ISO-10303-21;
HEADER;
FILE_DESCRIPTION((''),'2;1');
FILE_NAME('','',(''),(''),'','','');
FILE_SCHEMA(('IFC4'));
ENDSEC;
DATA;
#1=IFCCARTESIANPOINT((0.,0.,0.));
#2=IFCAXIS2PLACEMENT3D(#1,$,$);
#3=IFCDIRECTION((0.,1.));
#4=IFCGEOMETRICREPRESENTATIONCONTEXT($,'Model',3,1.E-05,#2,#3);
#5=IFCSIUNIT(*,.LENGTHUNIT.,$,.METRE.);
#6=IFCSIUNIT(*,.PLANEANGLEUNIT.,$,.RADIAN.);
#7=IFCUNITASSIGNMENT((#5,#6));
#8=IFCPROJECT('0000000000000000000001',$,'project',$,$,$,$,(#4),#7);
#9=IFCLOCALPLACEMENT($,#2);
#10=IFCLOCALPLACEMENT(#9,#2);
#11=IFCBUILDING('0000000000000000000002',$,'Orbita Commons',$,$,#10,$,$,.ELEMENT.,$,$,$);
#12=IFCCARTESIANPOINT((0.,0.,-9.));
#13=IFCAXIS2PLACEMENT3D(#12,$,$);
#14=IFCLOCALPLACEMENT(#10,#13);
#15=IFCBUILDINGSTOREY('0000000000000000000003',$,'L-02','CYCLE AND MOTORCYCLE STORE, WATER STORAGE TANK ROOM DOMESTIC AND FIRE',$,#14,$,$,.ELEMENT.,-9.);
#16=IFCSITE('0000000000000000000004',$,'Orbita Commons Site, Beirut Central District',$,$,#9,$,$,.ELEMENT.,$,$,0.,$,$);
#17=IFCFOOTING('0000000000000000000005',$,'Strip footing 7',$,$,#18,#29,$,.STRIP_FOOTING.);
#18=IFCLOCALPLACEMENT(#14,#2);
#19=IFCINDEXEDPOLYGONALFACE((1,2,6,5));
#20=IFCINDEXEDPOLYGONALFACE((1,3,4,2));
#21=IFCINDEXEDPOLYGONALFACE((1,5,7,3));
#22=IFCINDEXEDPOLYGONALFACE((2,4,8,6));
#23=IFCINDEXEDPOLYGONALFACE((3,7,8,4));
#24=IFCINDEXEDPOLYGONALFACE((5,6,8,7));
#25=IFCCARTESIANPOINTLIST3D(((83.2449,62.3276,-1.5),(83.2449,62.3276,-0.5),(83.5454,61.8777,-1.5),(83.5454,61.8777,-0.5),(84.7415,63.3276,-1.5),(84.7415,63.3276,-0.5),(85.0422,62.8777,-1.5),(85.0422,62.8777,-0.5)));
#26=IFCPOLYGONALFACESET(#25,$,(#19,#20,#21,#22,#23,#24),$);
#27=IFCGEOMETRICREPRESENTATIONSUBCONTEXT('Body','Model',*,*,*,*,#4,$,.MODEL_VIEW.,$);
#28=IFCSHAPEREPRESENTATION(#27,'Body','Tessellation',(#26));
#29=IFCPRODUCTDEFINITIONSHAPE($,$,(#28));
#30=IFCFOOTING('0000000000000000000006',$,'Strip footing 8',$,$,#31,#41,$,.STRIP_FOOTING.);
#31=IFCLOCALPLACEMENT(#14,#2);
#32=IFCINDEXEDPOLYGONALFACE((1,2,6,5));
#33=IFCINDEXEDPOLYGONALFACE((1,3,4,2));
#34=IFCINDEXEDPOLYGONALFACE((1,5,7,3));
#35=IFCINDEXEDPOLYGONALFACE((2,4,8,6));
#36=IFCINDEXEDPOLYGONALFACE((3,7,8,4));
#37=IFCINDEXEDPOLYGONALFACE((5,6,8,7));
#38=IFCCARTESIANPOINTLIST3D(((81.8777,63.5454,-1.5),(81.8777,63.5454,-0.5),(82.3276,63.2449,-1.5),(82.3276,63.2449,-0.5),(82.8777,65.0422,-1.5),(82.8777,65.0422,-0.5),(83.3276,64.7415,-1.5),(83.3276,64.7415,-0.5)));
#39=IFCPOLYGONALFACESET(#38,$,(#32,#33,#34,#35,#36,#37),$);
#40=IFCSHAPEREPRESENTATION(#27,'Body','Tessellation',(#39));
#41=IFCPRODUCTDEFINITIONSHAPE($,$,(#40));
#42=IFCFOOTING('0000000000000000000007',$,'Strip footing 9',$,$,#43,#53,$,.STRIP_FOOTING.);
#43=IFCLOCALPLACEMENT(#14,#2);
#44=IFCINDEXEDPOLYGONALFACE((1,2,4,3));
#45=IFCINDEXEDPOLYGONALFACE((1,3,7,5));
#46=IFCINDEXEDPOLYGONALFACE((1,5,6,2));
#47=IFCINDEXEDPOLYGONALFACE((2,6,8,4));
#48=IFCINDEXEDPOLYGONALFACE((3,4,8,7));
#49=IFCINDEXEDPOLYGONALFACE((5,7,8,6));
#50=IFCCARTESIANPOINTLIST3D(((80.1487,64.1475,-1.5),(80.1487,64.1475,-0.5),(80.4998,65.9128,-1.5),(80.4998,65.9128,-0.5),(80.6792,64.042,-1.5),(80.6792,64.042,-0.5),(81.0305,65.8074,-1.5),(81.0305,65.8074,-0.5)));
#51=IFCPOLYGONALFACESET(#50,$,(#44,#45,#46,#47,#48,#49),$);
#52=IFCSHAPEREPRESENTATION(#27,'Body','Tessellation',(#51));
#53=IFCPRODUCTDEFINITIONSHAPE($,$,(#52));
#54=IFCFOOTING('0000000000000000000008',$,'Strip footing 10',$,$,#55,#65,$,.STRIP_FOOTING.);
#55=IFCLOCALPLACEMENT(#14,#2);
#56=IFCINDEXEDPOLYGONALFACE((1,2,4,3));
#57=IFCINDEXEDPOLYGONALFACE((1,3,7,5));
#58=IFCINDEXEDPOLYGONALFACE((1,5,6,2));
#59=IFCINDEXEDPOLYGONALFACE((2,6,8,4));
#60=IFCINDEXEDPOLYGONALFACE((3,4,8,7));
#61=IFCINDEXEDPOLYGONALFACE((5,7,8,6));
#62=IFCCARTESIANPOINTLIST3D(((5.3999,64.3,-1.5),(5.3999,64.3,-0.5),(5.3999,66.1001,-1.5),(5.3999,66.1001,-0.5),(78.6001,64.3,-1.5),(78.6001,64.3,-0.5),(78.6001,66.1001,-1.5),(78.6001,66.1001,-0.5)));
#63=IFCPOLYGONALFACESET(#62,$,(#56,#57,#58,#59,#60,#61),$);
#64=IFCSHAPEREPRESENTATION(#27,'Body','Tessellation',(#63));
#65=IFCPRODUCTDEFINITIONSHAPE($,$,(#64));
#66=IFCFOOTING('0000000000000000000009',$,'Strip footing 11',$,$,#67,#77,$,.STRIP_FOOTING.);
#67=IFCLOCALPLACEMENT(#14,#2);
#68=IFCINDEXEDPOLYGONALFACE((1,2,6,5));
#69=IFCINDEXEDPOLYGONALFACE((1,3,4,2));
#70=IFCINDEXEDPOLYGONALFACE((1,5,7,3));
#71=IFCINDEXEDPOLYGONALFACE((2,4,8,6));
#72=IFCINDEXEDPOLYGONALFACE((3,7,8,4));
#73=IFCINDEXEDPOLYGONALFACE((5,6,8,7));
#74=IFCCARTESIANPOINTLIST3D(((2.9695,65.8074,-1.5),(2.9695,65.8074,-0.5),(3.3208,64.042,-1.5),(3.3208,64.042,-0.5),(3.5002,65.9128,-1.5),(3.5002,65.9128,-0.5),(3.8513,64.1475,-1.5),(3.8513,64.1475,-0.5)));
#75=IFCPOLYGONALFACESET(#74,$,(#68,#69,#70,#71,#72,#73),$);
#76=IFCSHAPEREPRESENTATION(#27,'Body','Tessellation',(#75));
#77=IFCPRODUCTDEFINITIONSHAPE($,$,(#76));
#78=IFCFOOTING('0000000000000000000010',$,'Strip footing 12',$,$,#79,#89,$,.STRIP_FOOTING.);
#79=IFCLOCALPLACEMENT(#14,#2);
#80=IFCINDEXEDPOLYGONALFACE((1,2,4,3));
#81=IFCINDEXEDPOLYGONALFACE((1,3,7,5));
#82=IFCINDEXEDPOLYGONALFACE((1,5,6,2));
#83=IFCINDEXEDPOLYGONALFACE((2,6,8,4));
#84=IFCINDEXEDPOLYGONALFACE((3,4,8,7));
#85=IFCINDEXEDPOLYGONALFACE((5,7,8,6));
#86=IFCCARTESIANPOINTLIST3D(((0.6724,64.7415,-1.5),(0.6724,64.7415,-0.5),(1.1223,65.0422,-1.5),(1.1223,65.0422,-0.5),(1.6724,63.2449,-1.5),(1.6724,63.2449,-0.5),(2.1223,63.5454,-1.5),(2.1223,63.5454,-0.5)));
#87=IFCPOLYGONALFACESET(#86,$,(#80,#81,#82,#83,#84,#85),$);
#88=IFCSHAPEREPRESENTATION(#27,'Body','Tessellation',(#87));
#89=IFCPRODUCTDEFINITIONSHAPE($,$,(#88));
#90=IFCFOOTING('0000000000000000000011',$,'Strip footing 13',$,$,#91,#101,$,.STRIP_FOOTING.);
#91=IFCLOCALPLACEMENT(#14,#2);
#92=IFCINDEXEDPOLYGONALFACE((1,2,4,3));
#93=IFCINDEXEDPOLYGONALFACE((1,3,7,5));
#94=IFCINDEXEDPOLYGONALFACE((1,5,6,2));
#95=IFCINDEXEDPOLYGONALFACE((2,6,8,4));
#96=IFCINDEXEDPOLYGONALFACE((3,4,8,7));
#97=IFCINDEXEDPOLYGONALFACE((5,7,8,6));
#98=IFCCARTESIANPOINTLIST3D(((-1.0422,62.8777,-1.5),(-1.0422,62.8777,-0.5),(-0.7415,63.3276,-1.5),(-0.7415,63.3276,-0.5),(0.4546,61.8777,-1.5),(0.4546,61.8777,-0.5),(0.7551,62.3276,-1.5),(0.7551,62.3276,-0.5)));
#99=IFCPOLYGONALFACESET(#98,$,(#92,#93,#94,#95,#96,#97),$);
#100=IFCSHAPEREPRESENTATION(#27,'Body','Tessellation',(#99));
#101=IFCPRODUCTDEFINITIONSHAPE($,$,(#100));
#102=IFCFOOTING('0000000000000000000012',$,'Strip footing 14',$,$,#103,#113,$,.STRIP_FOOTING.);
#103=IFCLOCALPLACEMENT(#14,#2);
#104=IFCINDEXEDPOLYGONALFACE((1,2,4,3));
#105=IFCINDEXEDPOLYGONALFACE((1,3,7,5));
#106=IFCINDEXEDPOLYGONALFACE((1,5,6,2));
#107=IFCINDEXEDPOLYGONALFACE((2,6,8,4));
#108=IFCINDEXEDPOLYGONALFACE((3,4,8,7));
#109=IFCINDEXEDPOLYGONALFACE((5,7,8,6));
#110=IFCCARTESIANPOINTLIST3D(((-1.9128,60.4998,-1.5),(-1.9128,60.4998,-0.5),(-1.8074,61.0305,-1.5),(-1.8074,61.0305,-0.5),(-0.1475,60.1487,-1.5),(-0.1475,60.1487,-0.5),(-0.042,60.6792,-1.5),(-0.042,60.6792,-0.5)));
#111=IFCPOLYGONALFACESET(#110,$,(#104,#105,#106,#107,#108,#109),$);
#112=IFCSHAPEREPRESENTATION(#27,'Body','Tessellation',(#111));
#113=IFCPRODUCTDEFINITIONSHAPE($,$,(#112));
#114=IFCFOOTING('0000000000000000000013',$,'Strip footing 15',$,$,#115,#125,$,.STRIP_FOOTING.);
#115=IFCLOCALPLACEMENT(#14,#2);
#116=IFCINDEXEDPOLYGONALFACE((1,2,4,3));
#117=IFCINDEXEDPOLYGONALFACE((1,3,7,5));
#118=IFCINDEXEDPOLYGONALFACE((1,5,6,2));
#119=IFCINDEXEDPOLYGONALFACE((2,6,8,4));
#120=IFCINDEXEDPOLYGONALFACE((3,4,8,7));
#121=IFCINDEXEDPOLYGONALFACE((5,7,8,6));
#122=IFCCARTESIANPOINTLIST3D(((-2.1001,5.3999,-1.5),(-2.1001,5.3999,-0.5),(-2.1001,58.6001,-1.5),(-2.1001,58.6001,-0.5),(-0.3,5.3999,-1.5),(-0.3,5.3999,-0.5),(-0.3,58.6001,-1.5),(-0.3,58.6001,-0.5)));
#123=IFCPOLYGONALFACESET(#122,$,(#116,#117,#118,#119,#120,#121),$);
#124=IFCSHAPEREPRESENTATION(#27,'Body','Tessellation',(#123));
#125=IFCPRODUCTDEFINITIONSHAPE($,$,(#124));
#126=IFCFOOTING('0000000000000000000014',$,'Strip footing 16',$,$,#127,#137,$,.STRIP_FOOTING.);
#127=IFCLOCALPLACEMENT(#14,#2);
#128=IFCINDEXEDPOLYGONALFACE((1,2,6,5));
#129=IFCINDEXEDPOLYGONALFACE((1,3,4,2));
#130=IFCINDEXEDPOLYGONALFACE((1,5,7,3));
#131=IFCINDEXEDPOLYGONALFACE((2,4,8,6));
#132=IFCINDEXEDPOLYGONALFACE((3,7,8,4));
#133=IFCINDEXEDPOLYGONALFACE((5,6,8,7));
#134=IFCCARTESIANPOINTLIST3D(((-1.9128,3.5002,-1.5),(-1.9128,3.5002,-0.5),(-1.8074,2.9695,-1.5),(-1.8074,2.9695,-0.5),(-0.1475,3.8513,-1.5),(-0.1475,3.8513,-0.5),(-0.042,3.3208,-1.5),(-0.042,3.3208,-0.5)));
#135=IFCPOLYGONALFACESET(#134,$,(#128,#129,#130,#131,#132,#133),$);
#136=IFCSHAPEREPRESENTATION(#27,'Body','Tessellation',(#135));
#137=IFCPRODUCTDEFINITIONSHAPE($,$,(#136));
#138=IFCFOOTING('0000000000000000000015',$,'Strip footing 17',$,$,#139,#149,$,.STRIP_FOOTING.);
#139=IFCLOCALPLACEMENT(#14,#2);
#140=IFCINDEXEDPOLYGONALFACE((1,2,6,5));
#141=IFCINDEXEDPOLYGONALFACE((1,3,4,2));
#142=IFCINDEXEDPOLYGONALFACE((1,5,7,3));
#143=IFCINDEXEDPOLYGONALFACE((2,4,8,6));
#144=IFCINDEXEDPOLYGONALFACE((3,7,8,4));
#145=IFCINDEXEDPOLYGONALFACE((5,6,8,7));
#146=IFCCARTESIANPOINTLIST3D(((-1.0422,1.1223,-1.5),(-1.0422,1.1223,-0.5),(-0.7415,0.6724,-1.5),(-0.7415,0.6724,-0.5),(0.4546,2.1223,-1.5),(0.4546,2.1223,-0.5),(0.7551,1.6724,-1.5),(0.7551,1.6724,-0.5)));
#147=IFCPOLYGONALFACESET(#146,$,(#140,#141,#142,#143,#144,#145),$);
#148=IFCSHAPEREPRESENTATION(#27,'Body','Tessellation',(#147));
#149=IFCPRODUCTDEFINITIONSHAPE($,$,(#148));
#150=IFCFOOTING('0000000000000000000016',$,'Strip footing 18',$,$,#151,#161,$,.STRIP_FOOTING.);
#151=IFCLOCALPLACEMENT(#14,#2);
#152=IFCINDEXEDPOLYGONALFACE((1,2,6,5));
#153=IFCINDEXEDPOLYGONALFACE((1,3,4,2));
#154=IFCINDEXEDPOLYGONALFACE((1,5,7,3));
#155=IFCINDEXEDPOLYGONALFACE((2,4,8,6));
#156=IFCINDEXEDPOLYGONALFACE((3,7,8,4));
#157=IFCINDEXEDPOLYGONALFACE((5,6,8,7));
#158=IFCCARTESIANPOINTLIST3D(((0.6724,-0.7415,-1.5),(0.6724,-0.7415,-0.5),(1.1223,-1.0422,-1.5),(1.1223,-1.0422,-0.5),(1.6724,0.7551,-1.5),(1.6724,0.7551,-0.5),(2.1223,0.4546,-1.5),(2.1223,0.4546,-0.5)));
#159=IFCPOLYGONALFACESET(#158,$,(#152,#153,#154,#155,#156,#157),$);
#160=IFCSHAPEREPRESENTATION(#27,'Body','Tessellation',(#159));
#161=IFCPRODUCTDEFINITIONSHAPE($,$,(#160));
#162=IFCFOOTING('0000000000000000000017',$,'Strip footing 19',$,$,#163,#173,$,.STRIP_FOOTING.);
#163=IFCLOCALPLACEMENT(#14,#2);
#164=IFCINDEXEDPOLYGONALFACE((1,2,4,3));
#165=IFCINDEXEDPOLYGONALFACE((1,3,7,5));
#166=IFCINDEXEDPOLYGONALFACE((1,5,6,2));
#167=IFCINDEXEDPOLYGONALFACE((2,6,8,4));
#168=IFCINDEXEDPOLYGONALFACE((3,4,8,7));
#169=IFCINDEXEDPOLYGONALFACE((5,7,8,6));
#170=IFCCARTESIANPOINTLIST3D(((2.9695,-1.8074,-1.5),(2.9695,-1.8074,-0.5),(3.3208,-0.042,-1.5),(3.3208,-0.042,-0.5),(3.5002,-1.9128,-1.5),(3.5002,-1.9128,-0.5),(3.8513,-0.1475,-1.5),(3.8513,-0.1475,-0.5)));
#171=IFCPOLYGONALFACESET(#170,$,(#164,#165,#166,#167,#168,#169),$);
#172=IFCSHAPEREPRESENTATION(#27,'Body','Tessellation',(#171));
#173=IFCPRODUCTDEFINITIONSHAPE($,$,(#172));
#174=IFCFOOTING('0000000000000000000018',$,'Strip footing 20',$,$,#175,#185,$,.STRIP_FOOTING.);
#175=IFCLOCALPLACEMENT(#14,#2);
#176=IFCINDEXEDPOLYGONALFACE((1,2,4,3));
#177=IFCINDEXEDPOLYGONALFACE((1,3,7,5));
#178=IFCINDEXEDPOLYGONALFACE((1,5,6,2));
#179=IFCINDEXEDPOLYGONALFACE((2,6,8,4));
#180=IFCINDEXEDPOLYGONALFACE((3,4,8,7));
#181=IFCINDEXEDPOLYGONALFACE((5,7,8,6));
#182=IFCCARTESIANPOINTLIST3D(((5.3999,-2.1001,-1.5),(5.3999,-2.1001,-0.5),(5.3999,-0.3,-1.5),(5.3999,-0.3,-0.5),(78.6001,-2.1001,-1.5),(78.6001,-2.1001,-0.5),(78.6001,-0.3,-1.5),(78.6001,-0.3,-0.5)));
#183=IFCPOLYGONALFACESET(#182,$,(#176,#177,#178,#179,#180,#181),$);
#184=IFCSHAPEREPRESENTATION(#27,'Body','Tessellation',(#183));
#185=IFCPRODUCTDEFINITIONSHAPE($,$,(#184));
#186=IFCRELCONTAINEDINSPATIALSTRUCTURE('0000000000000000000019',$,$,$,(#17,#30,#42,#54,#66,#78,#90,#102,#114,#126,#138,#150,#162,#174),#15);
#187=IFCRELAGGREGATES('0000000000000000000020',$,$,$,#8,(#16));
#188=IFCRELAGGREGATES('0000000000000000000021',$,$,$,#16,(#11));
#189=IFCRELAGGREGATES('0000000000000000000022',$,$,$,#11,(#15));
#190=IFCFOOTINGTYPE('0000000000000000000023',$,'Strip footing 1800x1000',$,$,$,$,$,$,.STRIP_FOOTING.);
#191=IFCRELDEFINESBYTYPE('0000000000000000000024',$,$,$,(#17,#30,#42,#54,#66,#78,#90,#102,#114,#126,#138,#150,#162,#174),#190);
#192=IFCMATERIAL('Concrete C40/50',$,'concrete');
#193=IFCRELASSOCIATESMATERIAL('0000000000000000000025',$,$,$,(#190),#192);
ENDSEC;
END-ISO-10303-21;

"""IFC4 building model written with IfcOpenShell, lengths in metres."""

from ifc_helpers import new_model, si_unit, direction, frame, origin, place, context, subcontext, project, spatial, polyline, outline, extrude, material, type_object, element, save


model = new_model("IFC4")

# Units and contexts
model_context = context("Model", 3, precision=1e-05, world=origin(), true_north=direction((0.0, 1.0)))
body_context = subcontext(model_context, "Body", "Model", "MODEL_VIEW")
ifc_project = project(units=[si_unit("LENGTHUNIT", "METRE"), si_unit("PLANEANGLEUNIT", "RADIAN")], contexts=[model_context])

# Site, building, storey
site_placement = place(None, origin())
site = spatial("IfcSite", under=ifc_project, at=site_placement, Name="Orbita Commons Site, Beirut Central District", CompositionType="ELEMENT", RefElevation=0.0)
building_placement = place(site_placement, origin())
building = spatial("IfcBuilding", under=site, at=building_placement, Name="Orbita Commons", CompositionType="ELEMENT")
storey_placement = place(building_placement, frame((0.0, 0.0, -9.0)))
storey = spatial("IfcBuildingStorey", under=building, at=storey_placement, Name="L-02", Description="CYCLE AND MOTORCYCLE STORE, WATER STORAGE TANK ROOM DOMESTIC AND FIRE", CompositionType="ELEMENT", Elevation=-9.0)

# Footings
ifc_material_1 = material(Name="Concrete C40/50", Category="concrete")
footing_type_1 = type_object("IfcFootingType", Name="Strip footing 1800x1000", PredefinedType="STRIP_FOOTING", material=ifc_material_1)
footing_1_placement = place(storey_placement, frame((0.0, 0.0, -1.5)))
element("IfcFooting", 1, at=footing_1_placement, inside=storey, type_object=footing_type_1, Name="Strip footing 7", PredefinedType="STRIP_FOOTING", context=body_context, shape_type="SweptSolid", body=[
    extrude(outline(polyline([(85.0422, 62.8777), (84.7415, 63.3276), (83.2449, 62.3276), (83.5454, 61.8777), (85.0422, 62.8777)])), origin(), (0.0, 0.0, 1.0), 1.0),
])
footing_2_placement = place(storey_placement, frame((0.0, 0.0, -1.5)))
element("IfcFooting", 2, at=footing_2_placement, inside=storey, type_object=footing_type_1, Name="Strip footing 8", PredefinedType="STRIP_FOOTING", context=body_context, shape_type="SweptSolid", body=[
    extrude(outline(polyline([(83.3276, 64.7415), (82.8777, 65.0422), (81.8777, 63.5454), (82.3276, 63.2449), (83.3276, 64.7415)])), origin(), (0.0, 0.0, 1.0), 1.0),
])
footing_3_placement = place(storey_placement, frame((0.0, 0.0, -1.5)))
element("IfcFooting", 3, at=footing_3_placement, inside=storey, type_object=footing_type_1, Name="Strip footing 9", PredefinedType="STRIP_FOOTING", context=body_context, shape_type="SweptSolid", body=[
    extrude(outline(polyline([(81.0305, 65.8074), (80.4998, 65.9128), (80.1487, 64.1475), (80.6792, 64.042), (81.0305, 65.8074)])), origin(), (0.0, 0.0, 1.0), 1.0),
])
footing_4_placement = place(storey_placement, frame((0.0, 0.0, -1.5)))
element("IfcFooting", 4, at=footing_4_placement, inside=storey, type_object=footing_type_1, Name="Strip footing 10", PredefinedType="STRIP_FOOTING", context=body_context, shape_type="SweptSolid", body=[
    extrude(outline(polyline([(78.6001, 66.1001), (5.3999, 66.1001), (5.3999, 64.3), (78.6001, 64.3), (78.6001, 66.1001)])), origin(), (0.0, 0.0, 1.0), 1.0),
])
footing_5_placement = place(storey_placement, frame((0.0, 0.0, -1.5)))
element("IfcFooting", 5, at=footing_5_placement, inside=storey, type_object=footing_type_1, Name="Strip footing 11", PredefinedType="STRIP_FOOTING", context=body_context, shape_type="SweptSolid", body=[
    extrude(outline(polyline([(3.5002, 65.9128), (2.9695, 65.8074), (3.3208, 64.042), (3.8513, 64.1475), (3.5002, 65.9128)])), origin(), (0.0, 0.0, 1.0), 1.0),
])
footing_6_placement = place(storey_placement, frame((0.0, 0.0, -1.5)))
element("IfcFooting", 6, at=footing_6_placement, inside=storey, type_object=footing_type_1, Name="Strip footing 12", PredefinedType="STRIP_FOOTING", context=body_context, shape_type="SweptSolid", body=[
    extrude(outline(polyline([(1.1223, 65.0422), (0.6724, 64.7415), (1.6724, 63.2449), (2.1223, 63.5454), (1.1223, 65.0422)])), origin(), (0.0, 0.0, 1.0), 1.0),
])
footing_7_placement = place(storey_placement, frame((0.0, 0.0, -1.5)))
element("IfcFooting", 7, at=footing_7_placement, inside=storey, type_object=footing_type_1, Name="Strip footing 13", PredefinedType="STRIP_FOOTING", context=body_context, shape_type="SweptSolid", body=[
    extrude(outline(polyline([(-0.7415, 63.3276), (-1.0422, 62.8777), (0.4546, 61.8777), (0.7551, 62.3276), (-0.7415, 63.3276)])), origin(), (0.0, 0.0, 1.0), 1.0),
])
footing_8_placement = place(storey_placement, frame((0.0, 0.0, -1.5)))
element("IfcFooting", 8, at=footing_8_placement, inside=storey, type_object=footing_type_1, Name="Strip footing 14", PredefinedType="STRIP_FOOTING", context=body_context, shape_type="SweptSolid", body=[
    extrude(outline(polyline([(-1.8074, 61.0305), (-1.9128, 60.4998), (-0.1475, 60.1487), (-0.042, 60.6792), (-1.8074, 61.0305)])), origin(), (0.0, 0.0, 1.0), 1.0),
])
footing_9_placement = place(storey_placement, frame((0.0, 0.0, -1.5)))
element("IfcFooting", 9, at=footing_9_placement, inside=storey, type_object=footing_type_1, Name="Strip footing 15", PredefinedType="STRIP_FOOTING", context=body_context, shape_type="SweptSolid", body=[
    extrude(outline(polyline([(-2.1001, 58.6001), (-2.1001, 5.3999), (-0.3, 5.3999), (-0.3, 58.6001), (-2.1001, 58.6001)])), origin(), (0.0, 0.0, 1.0), 1.0),
])
footing_10_placement = place(storey_placement, frame((0.0, 0.0, -1.5)))
element("IfcFooting", 10, at=footing_10_placement, inside=storey, type_object=footing_type_1, Name="Strip footing 16", PredefinedType="STRIP_FOOTING", context=body_context, shape_type="SweptSolid", body=[
    extrude(outline(polyline([(-1.9128, 3.5002), (-1.8074, 2.9695), (-0.042, 3.3208), (-0.1475, 3.8513), (-1.9128, 3.5002)])), origin(), (0.0, 0.0, 1.0), 1.0),
])
footing_11_placement = place(storey_placement, frame((0.0, 0.0, -1.5)))
element("IfcFooting", 11, at=footing_11_placement, inside=storey, type_object=footing_type_1, Name="Strip footing 17", PredefinedType="STRIP_FOOTING", context=body_context, shape_type="SweptSolid", body=[
    extrude(outline(polyline([(-1.0422, 1.1223), (-0.7415, 0.6724), (0.7551, 1.6724), (0.4546, 2.1223), (-1.0422, 1.1223)])), origin(), (0.0, 0.0, 1.0), 1.0),
])
footing_12_placement = place(storey_placement, frame((0.0, 0.0, -1.5)))
element("IfcFooting", 12, at=footing_12_placement, inside=storey, type_object=footing_type_1, Name="Strip footing 18", PredefinedType="STRIP_FOOTING", context=body_context, shape_type="SweptSolid", body=[
    extrude(outline(polyline([(0.6724, -0.7415), (1.1223, -1.0422), (2.1223, 0.4546), (1.6724, 0.7551), (0.6724, -0.7415)])), origin(), (0.0, 0.0, 1.0), 1.0),
])
footing_13_placement = place(storey_placement, frame((0.0, 0.0, -1.5)))
element("IfcFooting", 13, at=footing_13_placement, inside=storey, type_object=footing_type_1, Name="Strip footing 19", PredefinedType="STRIP_FOOTING", context=body_context, shape_type="SweptSolid", body=[
    extrude(outline(polyline([(2.9695, -1.8074), (3.5002, -1.9128), (3.8513, -0.1475), (3.3208, -0.042), (2.9695, -1.8074)])), origin(), (0.0, 0.0, 1.0), 1.0),
])
footing_14_placement = place(storey_placement, frame((0.0, 0.0, -1.5)))
element("IfcFooting", 14, at=footing_14_placement, inside=storey, type_object=footing_type_1, Name="Strip footing 20", PredefinedType="STRIP_FOOTING", context=body_context, shape_type="SweptSolid", body=[
    extrude(outline(polyline([(5.3999, -2.1001), (78.6001, -2.1001), (78.6001, -0.3), (5.3999, -0.3), (5.3999, -2.1001)])), origin(), (0.0, 0.0, 1.0), 1.0),
])

save(model, "model.ifc")
